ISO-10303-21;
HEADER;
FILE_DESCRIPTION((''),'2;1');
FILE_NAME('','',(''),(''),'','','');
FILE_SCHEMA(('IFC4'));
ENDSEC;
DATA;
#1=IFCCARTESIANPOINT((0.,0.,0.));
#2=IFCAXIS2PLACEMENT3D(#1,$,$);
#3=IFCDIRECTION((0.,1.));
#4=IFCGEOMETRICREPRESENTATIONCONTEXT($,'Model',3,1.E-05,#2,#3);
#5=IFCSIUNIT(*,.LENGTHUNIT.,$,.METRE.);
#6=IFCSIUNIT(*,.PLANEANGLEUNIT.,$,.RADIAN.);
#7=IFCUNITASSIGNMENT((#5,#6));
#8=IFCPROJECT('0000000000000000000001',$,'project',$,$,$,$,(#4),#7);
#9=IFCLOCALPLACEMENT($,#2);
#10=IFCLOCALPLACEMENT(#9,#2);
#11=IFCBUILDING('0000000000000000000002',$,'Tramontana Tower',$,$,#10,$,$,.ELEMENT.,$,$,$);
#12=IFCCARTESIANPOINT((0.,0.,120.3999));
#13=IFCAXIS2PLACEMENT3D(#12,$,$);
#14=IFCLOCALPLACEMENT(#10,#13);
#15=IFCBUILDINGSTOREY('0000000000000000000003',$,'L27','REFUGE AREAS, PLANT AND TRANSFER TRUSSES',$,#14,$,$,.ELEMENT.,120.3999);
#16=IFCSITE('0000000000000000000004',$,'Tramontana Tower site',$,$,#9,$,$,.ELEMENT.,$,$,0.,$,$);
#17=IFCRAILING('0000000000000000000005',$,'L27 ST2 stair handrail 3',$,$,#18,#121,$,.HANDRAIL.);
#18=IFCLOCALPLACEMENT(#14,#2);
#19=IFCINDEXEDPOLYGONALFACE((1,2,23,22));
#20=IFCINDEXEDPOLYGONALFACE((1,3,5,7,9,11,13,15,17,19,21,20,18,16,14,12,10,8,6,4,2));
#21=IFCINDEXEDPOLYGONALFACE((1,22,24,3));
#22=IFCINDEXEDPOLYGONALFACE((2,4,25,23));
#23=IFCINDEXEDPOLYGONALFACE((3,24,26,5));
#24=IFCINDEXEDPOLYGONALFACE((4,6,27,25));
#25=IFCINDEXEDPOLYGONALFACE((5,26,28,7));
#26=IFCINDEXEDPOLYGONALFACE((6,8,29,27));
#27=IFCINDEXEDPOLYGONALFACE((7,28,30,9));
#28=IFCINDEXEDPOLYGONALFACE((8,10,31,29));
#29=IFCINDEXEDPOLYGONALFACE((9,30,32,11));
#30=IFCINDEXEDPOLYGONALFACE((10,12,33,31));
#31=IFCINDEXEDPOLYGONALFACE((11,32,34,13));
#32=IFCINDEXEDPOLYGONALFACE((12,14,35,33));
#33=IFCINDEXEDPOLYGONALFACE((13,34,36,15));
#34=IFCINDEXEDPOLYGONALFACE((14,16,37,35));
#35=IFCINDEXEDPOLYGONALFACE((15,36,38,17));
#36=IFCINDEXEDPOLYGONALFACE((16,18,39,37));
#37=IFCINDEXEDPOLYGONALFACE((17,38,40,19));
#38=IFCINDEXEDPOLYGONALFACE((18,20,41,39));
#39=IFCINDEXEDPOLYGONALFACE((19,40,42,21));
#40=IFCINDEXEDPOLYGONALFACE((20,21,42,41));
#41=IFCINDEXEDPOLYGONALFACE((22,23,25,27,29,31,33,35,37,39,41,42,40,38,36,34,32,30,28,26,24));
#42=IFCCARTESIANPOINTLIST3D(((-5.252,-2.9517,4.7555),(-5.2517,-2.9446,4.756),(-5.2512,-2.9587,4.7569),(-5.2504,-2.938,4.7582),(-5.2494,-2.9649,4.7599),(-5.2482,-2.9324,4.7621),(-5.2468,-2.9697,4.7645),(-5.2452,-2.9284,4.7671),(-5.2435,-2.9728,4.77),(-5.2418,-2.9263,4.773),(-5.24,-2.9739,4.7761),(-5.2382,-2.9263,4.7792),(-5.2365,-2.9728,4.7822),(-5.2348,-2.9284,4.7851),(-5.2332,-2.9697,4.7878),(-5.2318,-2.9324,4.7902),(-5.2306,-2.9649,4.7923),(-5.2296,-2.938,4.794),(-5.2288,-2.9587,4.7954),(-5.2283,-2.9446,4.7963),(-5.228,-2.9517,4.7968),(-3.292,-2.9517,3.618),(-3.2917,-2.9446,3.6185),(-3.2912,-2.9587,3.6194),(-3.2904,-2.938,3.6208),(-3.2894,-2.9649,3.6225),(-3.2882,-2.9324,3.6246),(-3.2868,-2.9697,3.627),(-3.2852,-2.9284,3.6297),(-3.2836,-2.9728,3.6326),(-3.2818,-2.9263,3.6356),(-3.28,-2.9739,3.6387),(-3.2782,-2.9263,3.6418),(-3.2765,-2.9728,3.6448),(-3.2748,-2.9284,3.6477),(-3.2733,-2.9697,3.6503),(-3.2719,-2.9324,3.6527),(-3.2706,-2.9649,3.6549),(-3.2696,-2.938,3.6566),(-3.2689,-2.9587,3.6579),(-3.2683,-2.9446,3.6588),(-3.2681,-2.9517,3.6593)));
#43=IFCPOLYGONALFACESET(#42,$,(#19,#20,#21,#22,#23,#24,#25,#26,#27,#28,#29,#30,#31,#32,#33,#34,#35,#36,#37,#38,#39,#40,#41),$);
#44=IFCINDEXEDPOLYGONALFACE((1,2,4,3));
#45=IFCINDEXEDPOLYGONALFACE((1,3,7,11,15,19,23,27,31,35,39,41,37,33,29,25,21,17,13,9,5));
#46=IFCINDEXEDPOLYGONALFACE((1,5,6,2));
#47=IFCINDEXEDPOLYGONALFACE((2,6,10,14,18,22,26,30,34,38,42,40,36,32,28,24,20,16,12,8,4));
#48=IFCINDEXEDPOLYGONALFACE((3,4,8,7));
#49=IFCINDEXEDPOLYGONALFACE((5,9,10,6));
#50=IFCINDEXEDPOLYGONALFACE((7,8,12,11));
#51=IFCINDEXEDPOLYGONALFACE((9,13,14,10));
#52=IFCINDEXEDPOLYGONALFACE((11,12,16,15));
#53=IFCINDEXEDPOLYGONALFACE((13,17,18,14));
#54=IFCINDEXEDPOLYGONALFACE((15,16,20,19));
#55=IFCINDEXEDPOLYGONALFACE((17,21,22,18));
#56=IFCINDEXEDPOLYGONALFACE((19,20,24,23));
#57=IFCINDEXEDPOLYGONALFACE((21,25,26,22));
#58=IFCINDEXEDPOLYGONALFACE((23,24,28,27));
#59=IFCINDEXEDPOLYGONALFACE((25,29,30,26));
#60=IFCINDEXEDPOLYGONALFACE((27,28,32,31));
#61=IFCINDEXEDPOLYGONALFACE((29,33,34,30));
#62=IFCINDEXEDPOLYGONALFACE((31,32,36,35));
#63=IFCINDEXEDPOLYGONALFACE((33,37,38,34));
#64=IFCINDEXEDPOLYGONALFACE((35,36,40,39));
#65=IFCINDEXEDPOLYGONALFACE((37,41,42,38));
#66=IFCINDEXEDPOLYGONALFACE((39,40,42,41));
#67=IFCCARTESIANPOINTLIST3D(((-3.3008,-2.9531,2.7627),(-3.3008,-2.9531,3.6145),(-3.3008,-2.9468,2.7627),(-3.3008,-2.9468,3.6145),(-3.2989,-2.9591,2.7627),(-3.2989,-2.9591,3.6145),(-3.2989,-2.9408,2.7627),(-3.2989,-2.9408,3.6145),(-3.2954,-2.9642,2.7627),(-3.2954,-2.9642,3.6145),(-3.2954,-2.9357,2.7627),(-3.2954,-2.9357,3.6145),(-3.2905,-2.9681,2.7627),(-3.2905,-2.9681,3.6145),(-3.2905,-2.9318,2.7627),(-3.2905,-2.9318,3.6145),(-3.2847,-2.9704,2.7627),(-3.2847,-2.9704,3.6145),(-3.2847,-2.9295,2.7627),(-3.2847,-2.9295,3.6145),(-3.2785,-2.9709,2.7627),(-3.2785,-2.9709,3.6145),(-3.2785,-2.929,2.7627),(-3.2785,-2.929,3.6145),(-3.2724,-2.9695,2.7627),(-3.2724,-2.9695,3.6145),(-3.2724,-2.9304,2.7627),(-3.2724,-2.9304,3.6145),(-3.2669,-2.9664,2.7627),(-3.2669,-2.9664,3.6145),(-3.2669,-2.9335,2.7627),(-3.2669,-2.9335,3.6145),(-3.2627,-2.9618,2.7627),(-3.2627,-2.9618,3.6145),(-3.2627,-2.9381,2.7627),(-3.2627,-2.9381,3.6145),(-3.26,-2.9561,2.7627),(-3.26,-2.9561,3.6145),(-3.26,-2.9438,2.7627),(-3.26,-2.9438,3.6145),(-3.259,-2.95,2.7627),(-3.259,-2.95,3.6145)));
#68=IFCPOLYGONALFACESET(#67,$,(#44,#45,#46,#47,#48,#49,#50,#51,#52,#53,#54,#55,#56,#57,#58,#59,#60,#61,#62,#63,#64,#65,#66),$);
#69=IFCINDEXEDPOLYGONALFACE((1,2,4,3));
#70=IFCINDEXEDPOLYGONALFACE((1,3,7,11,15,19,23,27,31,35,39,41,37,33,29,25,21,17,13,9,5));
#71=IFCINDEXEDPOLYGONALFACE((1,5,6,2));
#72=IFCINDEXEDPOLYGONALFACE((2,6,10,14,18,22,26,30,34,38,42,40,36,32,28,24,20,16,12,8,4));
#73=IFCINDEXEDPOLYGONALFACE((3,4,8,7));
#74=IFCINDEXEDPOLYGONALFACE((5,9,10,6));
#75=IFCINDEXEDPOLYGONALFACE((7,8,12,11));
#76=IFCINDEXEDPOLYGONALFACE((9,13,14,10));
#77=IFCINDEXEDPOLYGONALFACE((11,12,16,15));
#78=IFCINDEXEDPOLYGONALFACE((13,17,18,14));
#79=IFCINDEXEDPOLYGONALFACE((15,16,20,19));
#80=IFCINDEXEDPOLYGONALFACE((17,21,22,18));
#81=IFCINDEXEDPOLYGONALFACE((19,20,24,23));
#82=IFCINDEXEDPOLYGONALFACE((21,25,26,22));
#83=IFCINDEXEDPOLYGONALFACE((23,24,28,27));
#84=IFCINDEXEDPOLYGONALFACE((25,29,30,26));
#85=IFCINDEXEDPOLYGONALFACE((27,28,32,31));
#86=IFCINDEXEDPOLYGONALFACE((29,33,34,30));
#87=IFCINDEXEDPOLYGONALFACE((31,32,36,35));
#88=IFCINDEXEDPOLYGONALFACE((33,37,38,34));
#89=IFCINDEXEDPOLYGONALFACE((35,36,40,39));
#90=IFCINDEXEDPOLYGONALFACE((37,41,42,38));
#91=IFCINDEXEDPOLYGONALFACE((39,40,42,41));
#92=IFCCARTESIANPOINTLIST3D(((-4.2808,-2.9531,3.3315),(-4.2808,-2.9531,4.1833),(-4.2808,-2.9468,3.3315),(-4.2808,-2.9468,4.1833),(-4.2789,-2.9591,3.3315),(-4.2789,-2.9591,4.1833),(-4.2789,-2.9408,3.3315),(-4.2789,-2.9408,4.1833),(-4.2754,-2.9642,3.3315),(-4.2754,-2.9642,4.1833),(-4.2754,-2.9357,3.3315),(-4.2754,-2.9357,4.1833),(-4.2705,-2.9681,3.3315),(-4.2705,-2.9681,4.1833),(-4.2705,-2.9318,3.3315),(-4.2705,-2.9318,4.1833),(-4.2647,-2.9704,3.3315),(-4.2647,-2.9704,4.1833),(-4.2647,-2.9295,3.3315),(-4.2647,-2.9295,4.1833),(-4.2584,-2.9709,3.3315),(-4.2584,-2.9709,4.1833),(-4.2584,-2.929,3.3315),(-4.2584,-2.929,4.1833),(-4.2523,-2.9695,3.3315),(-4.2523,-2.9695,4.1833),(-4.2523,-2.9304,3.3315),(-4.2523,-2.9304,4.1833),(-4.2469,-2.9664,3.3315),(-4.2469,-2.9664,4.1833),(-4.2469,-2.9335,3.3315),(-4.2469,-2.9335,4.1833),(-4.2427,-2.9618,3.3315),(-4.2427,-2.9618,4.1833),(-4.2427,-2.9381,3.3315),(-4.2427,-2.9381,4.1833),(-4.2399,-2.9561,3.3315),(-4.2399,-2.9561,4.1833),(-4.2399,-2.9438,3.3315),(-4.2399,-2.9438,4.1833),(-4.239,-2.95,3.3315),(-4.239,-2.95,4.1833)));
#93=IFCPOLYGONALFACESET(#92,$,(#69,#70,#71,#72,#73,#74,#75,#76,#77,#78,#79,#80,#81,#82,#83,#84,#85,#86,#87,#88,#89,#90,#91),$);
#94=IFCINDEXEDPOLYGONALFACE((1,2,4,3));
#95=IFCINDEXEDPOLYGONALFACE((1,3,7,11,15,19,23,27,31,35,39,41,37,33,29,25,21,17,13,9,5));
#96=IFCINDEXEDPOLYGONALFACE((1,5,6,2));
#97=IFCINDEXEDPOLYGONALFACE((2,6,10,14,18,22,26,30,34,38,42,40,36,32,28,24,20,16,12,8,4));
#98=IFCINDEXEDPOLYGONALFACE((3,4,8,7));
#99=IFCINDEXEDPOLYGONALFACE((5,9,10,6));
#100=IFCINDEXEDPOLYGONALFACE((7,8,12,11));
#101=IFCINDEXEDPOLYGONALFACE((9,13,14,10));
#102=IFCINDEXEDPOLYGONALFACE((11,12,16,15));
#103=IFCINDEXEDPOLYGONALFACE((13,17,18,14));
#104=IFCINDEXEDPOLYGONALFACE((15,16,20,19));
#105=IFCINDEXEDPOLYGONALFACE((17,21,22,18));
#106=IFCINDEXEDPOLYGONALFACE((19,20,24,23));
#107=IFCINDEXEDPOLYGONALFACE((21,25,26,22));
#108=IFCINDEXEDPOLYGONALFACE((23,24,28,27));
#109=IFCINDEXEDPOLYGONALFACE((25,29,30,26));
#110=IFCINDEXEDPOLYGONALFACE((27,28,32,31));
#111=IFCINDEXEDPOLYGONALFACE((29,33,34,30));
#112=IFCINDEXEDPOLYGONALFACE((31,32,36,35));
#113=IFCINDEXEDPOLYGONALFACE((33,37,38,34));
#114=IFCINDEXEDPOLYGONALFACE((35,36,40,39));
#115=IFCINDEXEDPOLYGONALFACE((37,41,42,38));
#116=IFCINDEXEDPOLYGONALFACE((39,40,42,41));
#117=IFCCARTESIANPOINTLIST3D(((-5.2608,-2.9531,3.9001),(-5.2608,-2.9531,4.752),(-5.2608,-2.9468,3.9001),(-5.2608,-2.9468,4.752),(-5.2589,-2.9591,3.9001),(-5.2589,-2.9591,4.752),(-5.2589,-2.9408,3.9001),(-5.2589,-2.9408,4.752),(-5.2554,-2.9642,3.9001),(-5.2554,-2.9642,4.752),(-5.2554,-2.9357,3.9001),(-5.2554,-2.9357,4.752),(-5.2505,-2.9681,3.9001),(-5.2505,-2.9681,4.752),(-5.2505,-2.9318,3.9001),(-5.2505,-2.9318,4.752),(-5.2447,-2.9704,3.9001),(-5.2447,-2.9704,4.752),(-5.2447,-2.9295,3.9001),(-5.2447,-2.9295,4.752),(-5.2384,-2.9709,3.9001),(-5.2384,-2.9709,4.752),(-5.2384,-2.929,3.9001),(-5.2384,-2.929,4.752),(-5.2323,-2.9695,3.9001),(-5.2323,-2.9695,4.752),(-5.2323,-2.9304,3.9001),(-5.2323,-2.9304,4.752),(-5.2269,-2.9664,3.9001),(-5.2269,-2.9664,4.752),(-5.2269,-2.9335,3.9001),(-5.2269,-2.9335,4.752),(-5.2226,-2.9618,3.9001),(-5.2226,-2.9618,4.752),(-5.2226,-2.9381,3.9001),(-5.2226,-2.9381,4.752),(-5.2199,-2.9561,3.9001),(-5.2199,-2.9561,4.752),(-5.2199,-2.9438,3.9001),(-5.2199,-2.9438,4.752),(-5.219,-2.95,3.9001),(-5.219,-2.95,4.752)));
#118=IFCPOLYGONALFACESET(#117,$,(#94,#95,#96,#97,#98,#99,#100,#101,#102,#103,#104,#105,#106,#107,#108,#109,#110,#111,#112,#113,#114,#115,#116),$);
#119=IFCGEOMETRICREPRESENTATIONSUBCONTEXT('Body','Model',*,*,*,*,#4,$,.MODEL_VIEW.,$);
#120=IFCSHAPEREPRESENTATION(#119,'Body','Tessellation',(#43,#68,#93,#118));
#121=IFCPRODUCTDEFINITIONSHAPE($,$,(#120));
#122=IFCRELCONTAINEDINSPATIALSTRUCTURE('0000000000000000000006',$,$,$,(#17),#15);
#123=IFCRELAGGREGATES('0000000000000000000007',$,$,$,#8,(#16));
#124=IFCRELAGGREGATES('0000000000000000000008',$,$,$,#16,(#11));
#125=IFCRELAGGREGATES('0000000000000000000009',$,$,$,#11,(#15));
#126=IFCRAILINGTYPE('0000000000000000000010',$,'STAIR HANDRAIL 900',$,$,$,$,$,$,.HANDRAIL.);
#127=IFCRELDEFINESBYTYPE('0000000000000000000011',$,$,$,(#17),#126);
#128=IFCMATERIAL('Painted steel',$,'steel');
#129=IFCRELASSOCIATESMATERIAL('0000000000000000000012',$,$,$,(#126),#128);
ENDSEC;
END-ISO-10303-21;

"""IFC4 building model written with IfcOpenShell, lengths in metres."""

from ifc_helpers import new_model, si_unit, direction, frame, origin, origin_2d, place, context, subcontext, project, spatial, circle, extrude, material, type_object, element, save


model = new_model("IFC4")

# Units and contexts
model_context = context("Model", 3, precision=1e-05, world=origin(), true_north=direction((0.0, 1.0)))
body_context = subcontext(model_context, "Body", "Model", "MODEL_VIEW")
ifc_project = project(units=[si_unit("LENGTHUNIT", "METRE"), si_unit("PLANEANGLEUNIT", "RADIAN")], contexts=[model_context])

# Site, building, storey
site_placement = place(None, origin())
site = spatial("IfcSite", under=ifc_project, at=site_placement, Name="Tramontana Tower site", CompositionType="ELEMENT", RefElevation=0.0)
building_placement = place(site_placement, origin())
building = spatial("IfcBuilding", under=site, at=building_placement, Name="Tramontana Tower", CompositionType="ELEMENT")
storey_placement = place(building_placement, frame((0.0, 0.0, 120.3999)))
storey = spatial("IfcBuildingStorey", under=building, at=storey_placement, Name="L27", Description="REFUGE AREAS, PLANT AND TRANSFER TRUSSES", CompositionType="ELEMENT", Elevation=120.3999)

# Railing
ifc_material_1 = material(Name="Painted steel", Category="steel")
railing_type_1 = type_object("IfcRailingType", Name="STAIR HANDRAIL 900", PredefinedType="HANDRAIL", material=ifc_material_1)
railing_1_placement = place(storey_placement, frame((-3.28, -2.95, 2.7627)))
element("IfcRailing", 1, at=railing_1_placement, inside=storey, type_object=railing_type_1, Name="L27 ST2 stair handrail 3", PredefinedType="HANDRAIL", context=body_context, shape_type="SweptSolid", body=[
    extrude(circle(Radius=0.0239, at=origin_2d()), frame((0.0, 0.0, 0.876), z_axis=(-0.864902, 0.0, 0.501941), x_axis=(0.0, -1.0, 0.0)), (0.0, 0.0, 1.0), 2.2661),
    extrude(circle(Radius=0.021, at=origin_2d()), origin(), (0.0, 0.0, 1.0), 0.8518),
    extrude(circle(Radius=0.021, at=origin_2d()), frame((-0.98, 0.0, 0.5688)), (0.0, 0.0, 1.0), 0.8518),
    extrude(circle(Radius=0.021, at=origin_2d()), frame((-1.96, 0.0, 1.1375)), (0.0, 0.0, 1.0), 0.8518),
])

save(model, "model.ifc")
